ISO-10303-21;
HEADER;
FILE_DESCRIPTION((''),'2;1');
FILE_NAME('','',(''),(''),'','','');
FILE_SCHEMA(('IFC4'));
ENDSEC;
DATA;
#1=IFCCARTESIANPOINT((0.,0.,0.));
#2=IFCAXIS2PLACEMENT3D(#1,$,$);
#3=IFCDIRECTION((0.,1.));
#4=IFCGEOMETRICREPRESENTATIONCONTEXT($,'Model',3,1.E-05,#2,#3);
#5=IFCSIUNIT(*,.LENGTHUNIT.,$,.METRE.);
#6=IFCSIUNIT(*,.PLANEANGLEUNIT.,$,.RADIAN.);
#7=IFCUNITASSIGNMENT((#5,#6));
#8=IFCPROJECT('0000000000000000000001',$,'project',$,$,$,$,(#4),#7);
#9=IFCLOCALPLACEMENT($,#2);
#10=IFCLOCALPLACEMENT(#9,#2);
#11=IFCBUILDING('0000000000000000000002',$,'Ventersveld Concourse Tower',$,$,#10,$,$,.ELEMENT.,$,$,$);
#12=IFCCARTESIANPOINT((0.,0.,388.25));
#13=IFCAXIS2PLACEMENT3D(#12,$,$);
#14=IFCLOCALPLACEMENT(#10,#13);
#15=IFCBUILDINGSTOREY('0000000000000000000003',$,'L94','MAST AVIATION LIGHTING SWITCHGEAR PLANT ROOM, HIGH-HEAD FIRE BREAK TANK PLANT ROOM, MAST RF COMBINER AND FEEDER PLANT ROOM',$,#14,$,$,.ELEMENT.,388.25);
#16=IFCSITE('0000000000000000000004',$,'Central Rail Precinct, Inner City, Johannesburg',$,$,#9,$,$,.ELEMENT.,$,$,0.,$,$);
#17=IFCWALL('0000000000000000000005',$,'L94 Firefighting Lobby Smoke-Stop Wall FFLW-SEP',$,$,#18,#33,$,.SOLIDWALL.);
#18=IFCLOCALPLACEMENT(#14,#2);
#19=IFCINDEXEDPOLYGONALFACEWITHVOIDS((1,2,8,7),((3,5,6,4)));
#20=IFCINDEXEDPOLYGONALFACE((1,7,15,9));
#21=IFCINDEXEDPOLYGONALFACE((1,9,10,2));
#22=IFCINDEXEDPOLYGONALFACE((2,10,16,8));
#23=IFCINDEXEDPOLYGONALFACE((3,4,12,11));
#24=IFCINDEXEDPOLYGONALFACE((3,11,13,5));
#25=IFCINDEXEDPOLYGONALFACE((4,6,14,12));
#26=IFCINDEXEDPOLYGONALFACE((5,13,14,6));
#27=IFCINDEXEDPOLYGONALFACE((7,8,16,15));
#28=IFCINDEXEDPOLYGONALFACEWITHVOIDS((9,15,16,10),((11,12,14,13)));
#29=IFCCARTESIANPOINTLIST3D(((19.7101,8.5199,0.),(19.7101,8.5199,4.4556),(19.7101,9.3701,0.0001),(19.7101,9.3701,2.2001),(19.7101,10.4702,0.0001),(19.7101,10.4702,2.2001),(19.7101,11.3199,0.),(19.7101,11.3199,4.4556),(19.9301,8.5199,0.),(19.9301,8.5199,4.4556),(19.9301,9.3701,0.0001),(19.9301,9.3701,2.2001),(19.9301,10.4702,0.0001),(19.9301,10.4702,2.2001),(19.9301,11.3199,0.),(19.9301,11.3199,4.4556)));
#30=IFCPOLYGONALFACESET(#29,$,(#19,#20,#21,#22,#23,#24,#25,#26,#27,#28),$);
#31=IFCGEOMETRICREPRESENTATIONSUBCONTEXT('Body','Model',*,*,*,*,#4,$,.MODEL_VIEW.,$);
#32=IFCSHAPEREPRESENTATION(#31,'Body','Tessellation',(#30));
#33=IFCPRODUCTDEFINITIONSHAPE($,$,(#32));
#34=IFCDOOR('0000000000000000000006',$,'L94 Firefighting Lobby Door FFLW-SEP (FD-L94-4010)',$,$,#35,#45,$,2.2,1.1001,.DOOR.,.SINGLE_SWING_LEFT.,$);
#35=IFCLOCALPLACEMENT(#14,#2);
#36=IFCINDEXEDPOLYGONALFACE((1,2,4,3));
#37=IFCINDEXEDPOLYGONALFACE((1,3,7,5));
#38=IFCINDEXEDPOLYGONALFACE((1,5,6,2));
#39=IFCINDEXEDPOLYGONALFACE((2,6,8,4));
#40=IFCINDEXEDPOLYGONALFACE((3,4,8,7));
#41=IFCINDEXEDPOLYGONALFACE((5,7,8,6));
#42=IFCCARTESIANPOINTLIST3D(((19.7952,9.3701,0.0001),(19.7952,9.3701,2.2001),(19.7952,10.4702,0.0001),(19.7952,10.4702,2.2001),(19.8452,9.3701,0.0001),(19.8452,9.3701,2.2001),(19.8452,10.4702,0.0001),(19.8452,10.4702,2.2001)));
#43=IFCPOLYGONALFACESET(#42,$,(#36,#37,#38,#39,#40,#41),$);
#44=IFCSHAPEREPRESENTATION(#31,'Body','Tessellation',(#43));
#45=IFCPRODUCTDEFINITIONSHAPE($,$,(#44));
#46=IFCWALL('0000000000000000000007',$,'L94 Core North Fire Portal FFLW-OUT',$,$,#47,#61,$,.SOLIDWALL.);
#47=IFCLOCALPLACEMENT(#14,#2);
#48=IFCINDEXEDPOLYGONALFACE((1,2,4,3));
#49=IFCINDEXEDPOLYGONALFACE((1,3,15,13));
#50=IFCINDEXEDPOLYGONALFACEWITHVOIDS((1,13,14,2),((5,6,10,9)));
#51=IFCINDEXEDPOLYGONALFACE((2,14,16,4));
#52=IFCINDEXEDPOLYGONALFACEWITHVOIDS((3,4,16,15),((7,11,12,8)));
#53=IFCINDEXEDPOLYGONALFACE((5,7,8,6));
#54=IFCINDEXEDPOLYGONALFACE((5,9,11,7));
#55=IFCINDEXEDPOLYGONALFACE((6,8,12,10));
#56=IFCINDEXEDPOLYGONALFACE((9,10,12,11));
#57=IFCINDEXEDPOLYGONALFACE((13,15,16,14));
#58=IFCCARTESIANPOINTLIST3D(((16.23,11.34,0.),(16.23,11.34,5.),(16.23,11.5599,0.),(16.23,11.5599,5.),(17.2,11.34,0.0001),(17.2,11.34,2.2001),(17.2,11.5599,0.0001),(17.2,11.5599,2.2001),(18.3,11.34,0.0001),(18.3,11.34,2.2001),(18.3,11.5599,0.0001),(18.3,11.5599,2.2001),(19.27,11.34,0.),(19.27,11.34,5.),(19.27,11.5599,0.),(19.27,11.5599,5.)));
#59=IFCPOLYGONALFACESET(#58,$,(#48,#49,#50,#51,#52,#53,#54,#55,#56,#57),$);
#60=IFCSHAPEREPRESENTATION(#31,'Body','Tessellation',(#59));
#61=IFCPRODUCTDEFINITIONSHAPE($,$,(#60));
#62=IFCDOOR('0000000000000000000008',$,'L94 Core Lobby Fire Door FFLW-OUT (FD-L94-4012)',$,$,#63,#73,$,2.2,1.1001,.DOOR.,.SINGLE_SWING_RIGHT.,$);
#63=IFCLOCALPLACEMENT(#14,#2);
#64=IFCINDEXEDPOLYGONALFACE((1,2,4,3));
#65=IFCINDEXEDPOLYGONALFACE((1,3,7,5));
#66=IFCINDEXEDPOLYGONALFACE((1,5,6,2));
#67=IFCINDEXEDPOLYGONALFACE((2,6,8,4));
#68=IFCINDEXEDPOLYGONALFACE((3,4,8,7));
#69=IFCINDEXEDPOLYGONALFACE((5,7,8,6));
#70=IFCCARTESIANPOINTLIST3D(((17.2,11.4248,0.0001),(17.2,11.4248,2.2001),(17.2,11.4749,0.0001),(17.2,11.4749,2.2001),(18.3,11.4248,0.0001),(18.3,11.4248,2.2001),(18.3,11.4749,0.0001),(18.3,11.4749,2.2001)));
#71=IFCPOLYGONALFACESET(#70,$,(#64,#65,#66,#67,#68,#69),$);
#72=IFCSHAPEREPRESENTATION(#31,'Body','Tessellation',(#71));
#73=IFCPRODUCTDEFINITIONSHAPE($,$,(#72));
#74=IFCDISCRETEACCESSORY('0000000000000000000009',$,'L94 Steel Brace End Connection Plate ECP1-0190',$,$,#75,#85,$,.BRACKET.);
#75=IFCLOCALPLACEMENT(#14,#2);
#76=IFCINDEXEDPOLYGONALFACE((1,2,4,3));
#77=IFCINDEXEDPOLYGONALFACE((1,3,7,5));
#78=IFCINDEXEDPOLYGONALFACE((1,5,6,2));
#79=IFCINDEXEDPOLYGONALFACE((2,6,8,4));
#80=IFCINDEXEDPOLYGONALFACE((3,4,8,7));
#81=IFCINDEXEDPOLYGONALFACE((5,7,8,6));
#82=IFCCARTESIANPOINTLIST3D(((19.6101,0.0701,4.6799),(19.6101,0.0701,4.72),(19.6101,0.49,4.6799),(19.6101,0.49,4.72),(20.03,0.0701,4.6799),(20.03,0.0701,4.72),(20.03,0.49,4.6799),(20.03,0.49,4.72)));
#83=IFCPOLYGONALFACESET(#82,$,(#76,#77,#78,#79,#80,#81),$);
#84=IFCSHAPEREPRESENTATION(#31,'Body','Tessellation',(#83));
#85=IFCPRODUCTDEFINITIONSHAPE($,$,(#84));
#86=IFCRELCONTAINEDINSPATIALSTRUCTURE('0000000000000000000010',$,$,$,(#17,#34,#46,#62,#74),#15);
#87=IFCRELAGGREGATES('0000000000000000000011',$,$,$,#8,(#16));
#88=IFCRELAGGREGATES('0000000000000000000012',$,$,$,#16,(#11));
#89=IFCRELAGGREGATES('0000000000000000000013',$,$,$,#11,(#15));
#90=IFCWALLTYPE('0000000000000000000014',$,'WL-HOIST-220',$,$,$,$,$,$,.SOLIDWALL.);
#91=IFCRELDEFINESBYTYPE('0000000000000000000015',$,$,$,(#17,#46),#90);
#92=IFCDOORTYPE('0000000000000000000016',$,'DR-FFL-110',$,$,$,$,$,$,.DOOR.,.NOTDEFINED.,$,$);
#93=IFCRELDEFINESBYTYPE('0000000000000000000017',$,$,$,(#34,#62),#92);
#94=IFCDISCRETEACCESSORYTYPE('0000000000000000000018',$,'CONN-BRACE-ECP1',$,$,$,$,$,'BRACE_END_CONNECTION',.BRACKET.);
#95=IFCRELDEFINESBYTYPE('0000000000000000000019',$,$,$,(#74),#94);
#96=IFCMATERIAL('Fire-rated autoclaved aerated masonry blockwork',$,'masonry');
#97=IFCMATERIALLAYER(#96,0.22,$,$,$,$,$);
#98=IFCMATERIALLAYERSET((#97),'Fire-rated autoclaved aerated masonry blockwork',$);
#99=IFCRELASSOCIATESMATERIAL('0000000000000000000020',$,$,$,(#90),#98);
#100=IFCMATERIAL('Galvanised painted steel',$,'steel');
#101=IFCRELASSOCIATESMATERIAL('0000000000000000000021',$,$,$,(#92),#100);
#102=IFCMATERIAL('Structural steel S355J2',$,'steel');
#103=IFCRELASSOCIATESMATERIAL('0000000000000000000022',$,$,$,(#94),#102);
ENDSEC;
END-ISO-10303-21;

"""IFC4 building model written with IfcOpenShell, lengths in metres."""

from ifc_helpers import new_model, si_unit, direction, frame, frame_2d, origin, origin_2d, place, context, subcontext, project, spatial, rectangle, extrude, material, layer, layer_set, type_object, element, fill, save


model = new_model("IFC4")

# Units and contexts
model_context = context("Model", 3, precision=1e-05, world=origin(), true_north=direction((0.0, 1.0)))
body_context = subcontext(model_context, "Body", "Model", "MODEL_VIEW")
ifc_project = project(units=[si_unit("LENGTHUNIT", "METRE"), si_unit("PLANEANGLEUNIT", "RADIAN")], contexts=[model_context])

# Site, building, storey
site_placement = place(None, origin())
site = spatial("IfcSite", under=ifc_project, at=site_placement, Name="Central Rail Precinct, Inner City, Johannesburg", CompositionType="ELEMENT", RefElevation=0.0)
building_placement = place(site_placement, origin())
building = spatial("IfcBuilding", under=site, at=building_placement, Name="Ventersveld Concourse Tower", CompositionType="ELEMENT")
storey_placement = place(building_placement, frame((0.0, 0.0, 388.25)))
storey = spatial("IfcBuildingStorey", under=building, at=storey_placement, Name="L94", Description="MAST AVIATION LIGHTING SWITCHGEAR PLANT ROOM, HIGH-HEAD FIRE BREAK TANK PLANT ROOM, MAST RF COMBINER AND FEEDER PLANT ROOM", CompositionType="ELEMENT", Elevation=388.25)

# Shared definitions
ifc_material_1 = material(Name="Structural steel S355J2", Category="steel")

# Shared definitions
ifc_material_2 = material(Name="Fire-rated autoclaved aerated masonry blockwork", Category="masonry")
ifc_layer_1 = layer(ifc_material_2, 0.22)
ifc_layer_set_1 = layer_set([ifc_layer_1], Name="Fire-rated autoclaved aerated masonry blockwork")
wall_type_1 = type_object("IfcWallType", Name="WL-HOIST-220", PredefinedType="SOLIDWALL", material=ifc_layer_set_1)

# Walls, openings, doors
wall_1_placement = place(storey_placement, frame((19.8201, 8.52, 0.0), z_axis=(0.0, 0.0, 1.0), x_axis=(0.0, 1.0, 0.0)))
wall_1 = element("IfcWall", 1, at=wall_1_placement, inside=storey, type_object=wall_type_1, Name="L94 Firefighting Lobby Smoke-Stop Wall FFLW-SEP", PredefinedType="SOLIDWALL", context=body_context, shape_type="SweptSolid", body=[
    extrude(rectangle(XDim=2.8, YDim=0.22, at=frame_2d((1.3999, 0.0))), origin(), (0.0, 0.0, 1.0), 4.4556),
])
opening_1_placement = place(wall_1_placement, frame((0.8501, 0.0, 0.0)))
opening_1 = element("IfcOpeningElement", 2, at=opening_1_placement, cuts=wall_1, PredefinedType="OPENING", context=body_context, shape_type="SweptSolid", body=[
    extrude(rectangle(XDim=1.1001, YDim=2.2, at=frame_2d((0.55, 1.1001))), frame((0.0, 0.1201, 0.0), z_axis=(0.0, -1.0, 0.0), x_axis=(1.0, 0.0, 0.0)), (0.0, 0.0, 1.0), 0.24),
])
ifc_material_3 = material(Name="Galvanised painted steel", Category="steel")
door_type_1 = type_object("IfcDoorType", Name="DR-FFL-110", OperationType="NOTDEFINED", PredefinedType="DOOR", material=ifc_material_3)
door_1_placement = place(opening_1_placement, origin())
door_1 = element("IfcDoor", 3, at=door_1_placement, inside=storey, type_object=door_type_1, Name="L94 Firefighting Lobby Door FFLW-SEP (FD-L94-4010)", OperationType="SINGLE_SWING_LEFT", OverallHeight=2.2, OverallWidth=1.1001, PredefinedType="DOOR", context=body_context, shape_type="SweptSolid", body=[
    extrude(rectangle(XDim=1.1001, YDim=2.2, at=frame_2d((0.55, 1.1001))), frame((0.0, 0.0249, 0.0), z_axis=(0.0, -1.0, 0.0), x_axis=(1.0, 0.0, 0.0)), (0.0, 0.0, 1.0), 0.05),
])
fill(opening_1, door_1)
wall_2_placement = place(storey_placement, frame((16.23, 11.45, 0.0), z_axis=(0.0, 0.0, 1.0), x_axis=(1.0, 0.0, 0.0)))
wall_2 = element("IfcWall", 4, at=wall_2_placement, inside=storey, type_object=wall_type_1, Name="L94 Core North Fire Portal FFLW-OUT", PredefinedType="SOLIDWALL", context=body_context, shape_type="SweptSolid", body=[
    extrude(rectangle(XDim=3.04, YDim=0.22, at=frame_2d((1.52, 0.0))), origin(), (0.0, 0.0, 1.0), 5.0),
])
opening_2_placement = place(wall_2_placement, frame((0.97, 0.0, 0.0)))
opening_2 = element("IfcOpeningElement", 5, at=opening_2_placement, cuts=wall_2, PredefinedType="OPENING", context=body_context, shape_type="SweptSolid", body=[
    extrude(rectangle(XDim=1.1001, YDim=2.2, at=frame_2d((0.55, 1.1001))), frame((0.0, 0.1201, 0.0), z_axis=(0.0, -1.0, 0.0), x_axis=(1.0, 0.0, 0.0)), (0.0, 0.0, 1.0), 0.24),
])
door_2_placement = place(opening_2_placement, origin())
door_2 = element("IfcDoor", 6, at=door_2_placement, inside=storey, type_object=door_type_1, Name="L94 Core Lobby Fire Door FFLW-OUT (FD-L94-4012)", OperationType="SINGLE_SWING_RIGHT", OverallHeight=2.2, OverallWidth=1.1001, PredefinedType="DOOR", context=body_context, shape_type="SweptSolid", body=[
    extrude(rectangle(XDim=1.1001, YDim=2.2, at=frame_2d((0.55, 1.1001))), frame((0.0, 0.0249, 0.0), z_axis=(0.0, -1.0, 0.0), x_axis=(1.0, 0.0, 0.0)), (0.0, 0.0, 1.0), 0.05),
])
fill(opening_2, door_2)

# Discrete accessory
discrete_accessory_type = type_object("IfcDiscreteAccessoryType", Name="CONN-BRACE-ECP1", ElementType="BRACE_END_CONNECTION", PredefinedType="BRACKET", material=ifc_material_1)
discrete_accessory_placement = place(storey_placement, frame((19.8201, 0.28, 4.6799), z_axis=(0.0, 0.0, 1.0), x_axis=(1.0, 0.0, 0.0)))
element("IfcDiscreteAccessory", 7, at=discrete_accessory_placement, inside=storey, type_object=discrete_accessory_type, Name="L94 Steel Brace End Connection Plate ECP1-0190", PredefinedType="BRACKET", context=body_context, shape_type="SweptSolid", body=[
    extrude(rectangle(XDim=0.4199, YDim=0.4199, at=origin_2d()), origin(), (0.0, 0.0, 1.0), 0.04),
])

save(model, "model.ifc")
